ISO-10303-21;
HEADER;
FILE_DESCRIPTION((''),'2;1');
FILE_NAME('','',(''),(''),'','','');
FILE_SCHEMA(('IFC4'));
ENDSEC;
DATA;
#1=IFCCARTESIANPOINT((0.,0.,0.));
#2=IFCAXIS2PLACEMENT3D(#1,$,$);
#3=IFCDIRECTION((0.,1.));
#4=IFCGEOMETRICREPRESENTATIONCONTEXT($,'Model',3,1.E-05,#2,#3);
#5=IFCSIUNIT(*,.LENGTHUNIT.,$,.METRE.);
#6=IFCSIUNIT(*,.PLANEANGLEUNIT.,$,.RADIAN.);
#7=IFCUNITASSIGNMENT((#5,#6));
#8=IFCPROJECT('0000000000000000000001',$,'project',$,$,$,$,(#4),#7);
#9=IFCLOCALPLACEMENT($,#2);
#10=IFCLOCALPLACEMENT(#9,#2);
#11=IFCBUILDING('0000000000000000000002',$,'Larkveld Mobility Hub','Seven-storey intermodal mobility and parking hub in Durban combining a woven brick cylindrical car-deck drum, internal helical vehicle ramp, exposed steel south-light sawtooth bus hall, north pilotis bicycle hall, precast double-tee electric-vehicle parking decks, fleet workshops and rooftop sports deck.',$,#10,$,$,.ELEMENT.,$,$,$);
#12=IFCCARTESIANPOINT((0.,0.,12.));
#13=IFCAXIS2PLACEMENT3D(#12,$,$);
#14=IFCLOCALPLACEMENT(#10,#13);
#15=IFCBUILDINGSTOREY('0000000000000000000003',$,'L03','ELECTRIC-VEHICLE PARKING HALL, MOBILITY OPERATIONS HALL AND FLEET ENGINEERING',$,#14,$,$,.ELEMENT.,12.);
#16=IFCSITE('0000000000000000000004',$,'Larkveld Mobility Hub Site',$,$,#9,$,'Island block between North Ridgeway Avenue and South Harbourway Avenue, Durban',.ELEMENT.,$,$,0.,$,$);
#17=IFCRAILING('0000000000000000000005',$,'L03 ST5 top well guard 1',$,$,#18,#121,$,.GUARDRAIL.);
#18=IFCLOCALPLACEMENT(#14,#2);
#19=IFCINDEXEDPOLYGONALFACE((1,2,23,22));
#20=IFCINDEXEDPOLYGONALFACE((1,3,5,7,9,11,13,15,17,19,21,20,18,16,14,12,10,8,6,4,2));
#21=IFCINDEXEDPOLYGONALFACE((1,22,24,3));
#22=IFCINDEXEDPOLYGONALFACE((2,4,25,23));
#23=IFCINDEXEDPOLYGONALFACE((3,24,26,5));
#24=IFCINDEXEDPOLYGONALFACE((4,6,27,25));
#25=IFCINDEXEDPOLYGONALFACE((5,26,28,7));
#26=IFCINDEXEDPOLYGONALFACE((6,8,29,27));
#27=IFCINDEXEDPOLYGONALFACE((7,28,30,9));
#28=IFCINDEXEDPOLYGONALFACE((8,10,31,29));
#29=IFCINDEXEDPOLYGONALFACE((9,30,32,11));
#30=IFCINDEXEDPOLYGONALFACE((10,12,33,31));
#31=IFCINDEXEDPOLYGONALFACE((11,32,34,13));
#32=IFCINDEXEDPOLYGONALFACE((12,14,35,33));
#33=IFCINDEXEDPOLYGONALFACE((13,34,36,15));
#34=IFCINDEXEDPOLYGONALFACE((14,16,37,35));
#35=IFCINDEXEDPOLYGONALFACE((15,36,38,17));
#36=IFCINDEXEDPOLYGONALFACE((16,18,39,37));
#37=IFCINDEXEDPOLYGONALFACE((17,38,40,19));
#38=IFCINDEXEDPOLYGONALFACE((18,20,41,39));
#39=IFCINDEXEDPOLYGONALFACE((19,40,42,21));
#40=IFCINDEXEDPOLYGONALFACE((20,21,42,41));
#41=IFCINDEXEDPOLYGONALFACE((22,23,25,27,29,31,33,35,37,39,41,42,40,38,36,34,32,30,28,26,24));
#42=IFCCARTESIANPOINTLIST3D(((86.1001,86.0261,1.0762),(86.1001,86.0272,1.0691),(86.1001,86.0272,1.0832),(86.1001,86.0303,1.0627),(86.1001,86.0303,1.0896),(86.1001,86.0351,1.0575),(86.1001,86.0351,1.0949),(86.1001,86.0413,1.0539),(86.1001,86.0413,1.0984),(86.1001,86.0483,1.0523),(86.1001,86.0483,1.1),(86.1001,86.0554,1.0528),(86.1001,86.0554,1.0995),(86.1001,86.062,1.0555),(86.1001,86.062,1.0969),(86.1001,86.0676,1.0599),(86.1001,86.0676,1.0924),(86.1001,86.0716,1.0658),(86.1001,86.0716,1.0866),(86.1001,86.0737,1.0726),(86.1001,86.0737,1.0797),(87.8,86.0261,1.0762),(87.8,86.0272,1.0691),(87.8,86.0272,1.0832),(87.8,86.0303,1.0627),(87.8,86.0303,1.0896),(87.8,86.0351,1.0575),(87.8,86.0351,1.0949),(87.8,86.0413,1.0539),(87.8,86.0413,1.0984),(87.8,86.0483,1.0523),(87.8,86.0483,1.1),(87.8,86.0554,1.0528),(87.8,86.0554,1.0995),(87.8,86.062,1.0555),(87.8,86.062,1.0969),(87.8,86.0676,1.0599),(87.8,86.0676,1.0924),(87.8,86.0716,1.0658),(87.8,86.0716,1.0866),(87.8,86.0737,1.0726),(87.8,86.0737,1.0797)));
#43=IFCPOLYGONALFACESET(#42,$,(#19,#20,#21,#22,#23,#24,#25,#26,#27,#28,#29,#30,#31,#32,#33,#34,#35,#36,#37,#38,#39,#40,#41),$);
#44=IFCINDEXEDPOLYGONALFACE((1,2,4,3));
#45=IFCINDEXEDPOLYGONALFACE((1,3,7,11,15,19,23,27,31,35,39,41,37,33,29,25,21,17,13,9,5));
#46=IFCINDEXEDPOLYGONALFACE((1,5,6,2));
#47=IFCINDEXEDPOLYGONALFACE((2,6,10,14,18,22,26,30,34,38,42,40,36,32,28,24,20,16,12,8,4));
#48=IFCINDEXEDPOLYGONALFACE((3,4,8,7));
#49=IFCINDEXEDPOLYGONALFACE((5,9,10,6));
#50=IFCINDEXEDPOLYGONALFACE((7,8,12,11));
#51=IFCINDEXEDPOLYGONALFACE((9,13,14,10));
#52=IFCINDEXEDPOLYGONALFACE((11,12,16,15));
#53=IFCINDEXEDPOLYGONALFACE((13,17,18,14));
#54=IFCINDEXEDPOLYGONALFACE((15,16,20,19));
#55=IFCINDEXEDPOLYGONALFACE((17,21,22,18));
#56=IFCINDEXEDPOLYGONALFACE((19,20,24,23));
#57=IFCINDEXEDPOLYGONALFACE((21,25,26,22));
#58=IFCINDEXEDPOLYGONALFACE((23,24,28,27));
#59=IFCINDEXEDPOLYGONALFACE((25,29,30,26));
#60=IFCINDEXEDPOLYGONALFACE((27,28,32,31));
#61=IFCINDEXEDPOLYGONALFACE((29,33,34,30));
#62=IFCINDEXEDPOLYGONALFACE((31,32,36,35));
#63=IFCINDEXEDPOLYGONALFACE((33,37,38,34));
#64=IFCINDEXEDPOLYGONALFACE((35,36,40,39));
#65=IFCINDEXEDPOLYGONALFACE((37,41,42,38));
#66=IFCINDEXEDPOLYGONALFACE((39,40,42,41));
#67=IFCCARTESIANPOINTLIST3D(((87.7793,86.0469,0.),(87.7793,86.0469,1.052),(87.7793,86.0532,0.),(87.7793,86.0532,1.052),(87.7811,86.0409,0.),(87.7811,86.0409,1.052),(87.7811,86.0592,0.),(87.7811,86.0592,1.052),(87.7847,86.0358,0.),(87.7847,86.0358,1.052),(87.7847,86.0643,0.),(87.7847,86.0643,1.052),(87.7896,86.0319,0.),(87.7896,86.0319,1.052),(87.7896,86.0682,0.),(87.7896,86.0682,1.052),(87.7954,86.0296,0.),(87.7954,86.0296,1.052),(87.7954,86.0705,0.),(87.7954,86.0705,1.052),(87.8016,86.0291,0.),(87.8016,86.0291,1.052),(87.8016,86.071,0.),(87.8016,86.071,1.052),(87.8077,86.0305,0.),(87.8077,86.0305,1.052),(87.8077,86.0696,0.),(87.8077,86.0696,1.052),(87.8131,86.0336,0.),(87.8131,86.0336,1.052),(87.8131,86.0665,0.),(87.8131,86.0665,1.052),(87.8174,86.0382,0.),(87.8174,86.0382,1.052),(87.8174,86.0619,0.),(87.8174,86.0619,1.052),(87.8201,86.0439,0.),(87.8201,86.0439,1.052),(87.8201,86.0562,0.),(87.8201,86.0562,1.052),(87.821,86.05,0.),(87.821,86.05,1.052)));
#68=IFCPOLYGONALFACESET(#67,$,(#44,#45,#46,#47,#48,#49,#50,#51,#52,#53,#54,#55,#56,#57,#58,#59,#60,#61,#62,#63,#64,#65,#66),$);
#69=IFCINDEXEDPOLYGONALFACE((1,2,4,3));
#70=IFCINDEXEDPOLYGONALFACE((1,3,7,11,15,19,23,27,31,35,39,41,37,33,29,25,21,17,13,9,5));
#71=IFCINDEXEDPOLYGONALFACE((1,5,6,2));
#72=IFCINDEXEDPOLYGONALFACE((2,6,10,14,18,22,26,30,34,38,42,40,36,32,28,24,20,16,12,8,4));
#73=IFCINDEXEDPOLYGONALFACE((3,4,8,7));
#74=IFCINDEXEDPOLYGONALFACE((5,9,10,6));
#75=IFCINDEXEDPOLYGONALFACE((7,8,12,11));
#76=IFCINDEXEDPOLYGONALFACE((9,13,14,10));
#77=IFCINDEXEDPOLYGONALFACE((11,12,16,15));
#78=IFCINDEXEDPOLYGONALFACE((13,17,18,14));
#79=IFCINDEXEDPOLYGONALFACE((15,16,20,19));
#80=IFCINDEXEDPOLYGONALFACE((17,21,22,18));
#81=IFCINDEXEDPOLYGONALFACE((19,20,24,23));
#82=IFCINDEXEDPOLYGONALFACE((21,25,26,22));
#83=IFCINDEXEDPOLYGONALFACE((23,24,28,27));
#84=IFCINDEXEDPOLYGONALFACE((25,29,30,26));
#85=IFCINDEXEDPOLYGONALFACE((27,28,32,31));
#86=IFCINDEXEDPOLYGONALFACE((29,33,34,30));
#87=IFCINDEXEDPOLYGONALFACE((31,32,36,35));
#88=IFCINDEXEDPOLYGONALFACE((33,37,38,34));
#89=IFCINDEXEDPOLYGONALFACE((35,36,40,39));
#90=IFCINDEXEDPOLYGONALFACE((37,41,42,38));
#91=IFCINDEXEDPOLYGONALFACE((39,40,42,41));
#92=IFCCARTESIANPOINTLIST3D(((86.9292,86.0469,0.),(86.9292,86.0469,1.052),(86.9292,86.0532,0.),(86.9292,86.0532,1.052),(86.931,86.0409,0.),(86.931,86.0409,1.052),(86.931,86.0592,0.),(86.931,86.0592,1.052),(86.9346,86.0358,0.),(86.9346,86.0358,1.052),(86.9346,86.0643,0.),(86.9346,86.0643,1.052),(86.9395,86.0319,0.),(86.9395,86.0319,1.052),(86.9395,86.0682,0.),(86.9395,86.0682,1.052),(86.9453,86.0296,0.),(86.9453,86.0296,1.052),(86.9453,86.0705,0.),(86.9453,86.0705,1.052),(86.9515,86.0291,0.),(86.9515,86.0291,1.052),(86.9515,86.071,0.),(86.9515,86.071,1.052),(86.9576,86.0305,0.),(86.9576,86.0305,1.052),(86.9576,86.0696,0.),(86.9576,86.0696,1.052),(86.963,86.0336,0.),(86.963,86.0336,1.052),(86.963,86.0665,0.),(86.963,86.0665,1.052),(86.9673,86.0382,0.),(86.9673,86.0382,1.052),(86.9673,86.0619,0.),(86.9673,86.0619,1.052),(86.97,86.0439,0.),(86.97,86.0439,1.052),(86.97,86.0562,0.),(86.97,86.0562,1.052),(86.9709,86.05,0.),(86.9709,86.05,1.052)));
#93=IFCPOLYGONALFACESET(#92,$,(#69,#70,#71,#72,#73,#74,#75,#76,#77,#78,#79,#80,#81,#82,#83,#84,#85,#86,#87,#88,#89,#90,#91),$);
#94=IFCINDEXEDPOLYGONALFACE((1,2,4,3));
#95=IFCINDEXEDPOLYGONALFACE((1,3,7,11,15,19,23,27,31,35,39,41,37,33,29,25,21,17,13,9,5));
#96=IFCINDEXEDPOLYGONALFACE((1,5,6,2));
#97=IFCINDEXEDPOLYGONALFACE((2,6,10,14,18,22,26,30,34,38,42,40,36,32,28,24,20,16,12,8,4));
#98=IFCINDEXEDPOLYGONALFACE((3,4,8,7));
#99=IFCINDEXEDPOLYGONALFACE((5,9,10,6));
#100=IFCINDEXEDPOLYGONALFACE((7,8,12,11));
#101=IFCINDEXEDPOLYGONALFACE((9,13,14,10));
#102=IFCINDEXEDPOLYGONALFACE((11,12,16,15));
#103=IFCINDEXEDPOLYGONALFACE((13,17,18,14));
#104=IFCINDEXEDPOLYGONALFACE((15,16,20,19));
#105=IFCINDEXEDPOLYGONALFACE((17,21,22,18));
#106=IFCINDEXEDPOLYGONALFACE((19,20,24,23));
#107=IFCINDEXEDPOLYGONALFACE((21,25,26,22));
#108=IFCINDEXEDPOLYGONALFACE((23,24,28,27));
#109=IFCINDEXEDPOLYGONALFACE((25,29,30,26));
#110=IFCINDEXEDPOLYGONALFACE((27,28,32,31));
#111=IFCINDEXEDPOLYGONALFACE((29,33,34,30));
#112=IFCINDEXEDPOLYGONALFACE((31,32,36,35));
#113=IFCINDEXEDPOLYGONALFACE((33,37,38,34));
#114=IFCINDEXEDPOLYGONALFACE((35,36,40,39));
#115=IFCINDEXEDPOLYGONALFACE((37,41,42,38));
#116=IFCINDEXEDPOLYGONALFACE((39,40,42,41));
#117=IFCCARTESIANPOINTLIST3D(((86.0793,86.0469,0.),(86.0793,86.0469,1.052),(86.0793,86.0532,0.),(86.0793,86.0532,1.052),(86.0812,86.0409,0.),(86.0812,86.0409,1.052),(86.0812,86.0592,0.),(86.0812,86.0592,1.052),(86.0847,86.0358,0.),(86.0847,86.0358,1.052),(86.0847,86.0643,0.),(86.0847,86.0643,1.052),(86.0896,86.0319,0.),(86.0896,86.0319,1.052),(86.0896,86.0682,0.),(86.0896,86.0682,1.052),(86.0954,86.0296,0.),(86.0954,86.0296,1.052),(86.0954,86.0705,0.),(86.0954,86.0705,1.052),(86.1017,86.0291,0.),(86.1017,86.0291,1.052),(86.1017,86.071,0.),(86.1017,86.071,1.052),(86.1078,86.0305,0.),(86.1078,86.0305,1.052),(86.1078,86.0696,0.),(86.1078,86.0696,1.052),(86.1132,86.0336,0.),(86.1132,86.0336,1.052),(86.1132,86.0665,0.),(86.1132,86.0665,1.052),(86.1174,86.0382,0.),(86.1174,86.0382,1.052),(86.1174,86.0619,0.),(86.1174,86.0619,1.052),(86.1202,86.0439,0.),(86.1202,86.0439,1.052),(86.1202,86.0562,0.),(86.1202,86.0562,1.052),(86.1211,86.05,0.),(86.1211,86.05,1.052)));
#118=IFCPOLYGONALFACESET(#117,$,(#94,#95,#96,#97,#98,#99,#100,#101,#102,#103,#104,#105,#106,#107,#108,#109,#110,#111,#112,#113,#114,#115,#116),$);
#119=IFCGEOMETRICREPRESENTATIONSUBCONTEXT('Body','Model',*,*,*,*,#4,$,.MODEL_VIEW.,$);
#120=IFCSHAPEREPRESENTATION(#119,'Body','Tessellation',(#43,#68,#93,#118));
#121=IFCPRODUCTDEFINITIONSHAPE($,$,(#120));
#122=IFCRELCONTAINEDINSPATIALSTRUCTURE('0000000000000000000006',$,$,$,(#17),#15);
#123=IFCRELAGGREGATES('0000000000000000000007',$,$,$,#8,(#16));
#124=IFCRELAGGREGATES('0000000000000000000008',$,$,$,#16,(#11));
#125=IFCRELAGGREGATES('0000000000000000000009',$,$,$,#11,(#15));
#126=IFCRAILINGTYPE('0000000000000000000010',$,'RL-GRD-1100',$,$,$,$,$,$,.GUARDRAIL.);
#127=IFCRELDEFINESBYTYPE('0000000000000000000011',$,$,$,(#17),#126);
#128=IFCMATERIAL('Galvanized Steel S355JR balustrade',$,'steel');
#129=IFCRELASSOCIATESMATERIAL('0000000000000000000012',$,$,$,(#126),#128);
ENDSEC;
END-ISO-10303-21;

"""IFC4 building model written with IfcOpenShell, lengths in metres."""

from ifc_helpers import new_model, si_unit, direction, frame, origin, origin_2d, place, context, subcontext, project, spatial, circle, extrude, material, type_object, element, save


model = new_model("IFC4")

# Units and contexts
model_context = context("Model", 3, precision=1e-05, world=origin(), true_north=direction((0.0, 1.0)))
body_context = subcontext(model_context, "Body", "Model", "MODEL_VIEW")
ifc_project = project(units=[si_unit("LENGTHUNIT", "METRE"), si_unit("PLANEANGLEUNIT", "RADIAN")], contexts=[model_context])

# Site, building, storey
site_placement = place(None, origin())
site = spatial("IfcSite", under=ifc_project, at=site_placement, Name="Larkveld Mobility Hub Site", LongName="Island block between North Ridgeway Avenue and South Harbourway Avenue, Durban", CompositionType="ELEMENT", RefElevation=0.0)
building_placement = place(site_placement, origin())
building = spatial("IfcBuilding", under=site, at=building_placement, Name="Larkveld Mobility Hub", Description="Seven-storey intermodal mobility and parking hub in Durban combining a woven brick cylindrical car-deck drum, internal helical vehicle ramp, exposed steel south-light sawtooth bus hall, north pilotis bicycle hall, precast double-tee electric-vehicle parking decks, fleet workshops and rooftop sports deck.", CompositionType="ELEMENT")
storey_placement = place(building_placement, frame((0.0, 0.0, 12.0)))
storey = spatial("IfcBuildingStorey", under=building, at=storey_placement, Name="L03", Description="ELECTRIC-VEHICLE PARKING HALL, MOBILITY OPERATIONS HALL AND FLEET ENGINEERING", CompositionType="ELEMENT", Elevation=12.0)

# Railing
ifc_material_1 = material(Name="Galvanized Steel S355JR balustrade", Category="steel")
railing_type = type_object("IfcRailingType", Name="RL-GRD-1100", PredefinedType="GUARDRAIL", material=ifc_material_1)
railing_placement = place(storey_placement, frame((87.8, 86.05, 0.0)))
element("IfcRailing", 1, at=railing_placement, inside=storey, type_object=railing_type, Name="L03 ST5 top well guard 1", PredefinedType="GUARDRAIL", context=body_context, shape_type="SweptSolid", body=[
    extrude(circle(Radius=0.0239, at=origin_2d()), frame((0.0, 0.0, 1.0762), z_axis=(-1.0, 0.0, 0.0), x_axis=(0.0, -1.0, 0.0)), (0.0, 0.0, 1.0), 1.7),
    extrude(circle(Radius=0.021, at=origin_2d()), origin(), (0.0, 0.0, 1.0), 1.052),
    extrude(circle(Radius=0.021, at=origin_2d()), frame((-0.8501, 0.0, 0.0)), (0.0, 0.0, 1.0), 1.052),
    extrude(circle(Radius=0.021, at=origin_2d()), frame((-1.7, 0.0, 0.0)), (0.0, 0.0, 1.0), 1.052),
])

save(model, "model.ifc")
